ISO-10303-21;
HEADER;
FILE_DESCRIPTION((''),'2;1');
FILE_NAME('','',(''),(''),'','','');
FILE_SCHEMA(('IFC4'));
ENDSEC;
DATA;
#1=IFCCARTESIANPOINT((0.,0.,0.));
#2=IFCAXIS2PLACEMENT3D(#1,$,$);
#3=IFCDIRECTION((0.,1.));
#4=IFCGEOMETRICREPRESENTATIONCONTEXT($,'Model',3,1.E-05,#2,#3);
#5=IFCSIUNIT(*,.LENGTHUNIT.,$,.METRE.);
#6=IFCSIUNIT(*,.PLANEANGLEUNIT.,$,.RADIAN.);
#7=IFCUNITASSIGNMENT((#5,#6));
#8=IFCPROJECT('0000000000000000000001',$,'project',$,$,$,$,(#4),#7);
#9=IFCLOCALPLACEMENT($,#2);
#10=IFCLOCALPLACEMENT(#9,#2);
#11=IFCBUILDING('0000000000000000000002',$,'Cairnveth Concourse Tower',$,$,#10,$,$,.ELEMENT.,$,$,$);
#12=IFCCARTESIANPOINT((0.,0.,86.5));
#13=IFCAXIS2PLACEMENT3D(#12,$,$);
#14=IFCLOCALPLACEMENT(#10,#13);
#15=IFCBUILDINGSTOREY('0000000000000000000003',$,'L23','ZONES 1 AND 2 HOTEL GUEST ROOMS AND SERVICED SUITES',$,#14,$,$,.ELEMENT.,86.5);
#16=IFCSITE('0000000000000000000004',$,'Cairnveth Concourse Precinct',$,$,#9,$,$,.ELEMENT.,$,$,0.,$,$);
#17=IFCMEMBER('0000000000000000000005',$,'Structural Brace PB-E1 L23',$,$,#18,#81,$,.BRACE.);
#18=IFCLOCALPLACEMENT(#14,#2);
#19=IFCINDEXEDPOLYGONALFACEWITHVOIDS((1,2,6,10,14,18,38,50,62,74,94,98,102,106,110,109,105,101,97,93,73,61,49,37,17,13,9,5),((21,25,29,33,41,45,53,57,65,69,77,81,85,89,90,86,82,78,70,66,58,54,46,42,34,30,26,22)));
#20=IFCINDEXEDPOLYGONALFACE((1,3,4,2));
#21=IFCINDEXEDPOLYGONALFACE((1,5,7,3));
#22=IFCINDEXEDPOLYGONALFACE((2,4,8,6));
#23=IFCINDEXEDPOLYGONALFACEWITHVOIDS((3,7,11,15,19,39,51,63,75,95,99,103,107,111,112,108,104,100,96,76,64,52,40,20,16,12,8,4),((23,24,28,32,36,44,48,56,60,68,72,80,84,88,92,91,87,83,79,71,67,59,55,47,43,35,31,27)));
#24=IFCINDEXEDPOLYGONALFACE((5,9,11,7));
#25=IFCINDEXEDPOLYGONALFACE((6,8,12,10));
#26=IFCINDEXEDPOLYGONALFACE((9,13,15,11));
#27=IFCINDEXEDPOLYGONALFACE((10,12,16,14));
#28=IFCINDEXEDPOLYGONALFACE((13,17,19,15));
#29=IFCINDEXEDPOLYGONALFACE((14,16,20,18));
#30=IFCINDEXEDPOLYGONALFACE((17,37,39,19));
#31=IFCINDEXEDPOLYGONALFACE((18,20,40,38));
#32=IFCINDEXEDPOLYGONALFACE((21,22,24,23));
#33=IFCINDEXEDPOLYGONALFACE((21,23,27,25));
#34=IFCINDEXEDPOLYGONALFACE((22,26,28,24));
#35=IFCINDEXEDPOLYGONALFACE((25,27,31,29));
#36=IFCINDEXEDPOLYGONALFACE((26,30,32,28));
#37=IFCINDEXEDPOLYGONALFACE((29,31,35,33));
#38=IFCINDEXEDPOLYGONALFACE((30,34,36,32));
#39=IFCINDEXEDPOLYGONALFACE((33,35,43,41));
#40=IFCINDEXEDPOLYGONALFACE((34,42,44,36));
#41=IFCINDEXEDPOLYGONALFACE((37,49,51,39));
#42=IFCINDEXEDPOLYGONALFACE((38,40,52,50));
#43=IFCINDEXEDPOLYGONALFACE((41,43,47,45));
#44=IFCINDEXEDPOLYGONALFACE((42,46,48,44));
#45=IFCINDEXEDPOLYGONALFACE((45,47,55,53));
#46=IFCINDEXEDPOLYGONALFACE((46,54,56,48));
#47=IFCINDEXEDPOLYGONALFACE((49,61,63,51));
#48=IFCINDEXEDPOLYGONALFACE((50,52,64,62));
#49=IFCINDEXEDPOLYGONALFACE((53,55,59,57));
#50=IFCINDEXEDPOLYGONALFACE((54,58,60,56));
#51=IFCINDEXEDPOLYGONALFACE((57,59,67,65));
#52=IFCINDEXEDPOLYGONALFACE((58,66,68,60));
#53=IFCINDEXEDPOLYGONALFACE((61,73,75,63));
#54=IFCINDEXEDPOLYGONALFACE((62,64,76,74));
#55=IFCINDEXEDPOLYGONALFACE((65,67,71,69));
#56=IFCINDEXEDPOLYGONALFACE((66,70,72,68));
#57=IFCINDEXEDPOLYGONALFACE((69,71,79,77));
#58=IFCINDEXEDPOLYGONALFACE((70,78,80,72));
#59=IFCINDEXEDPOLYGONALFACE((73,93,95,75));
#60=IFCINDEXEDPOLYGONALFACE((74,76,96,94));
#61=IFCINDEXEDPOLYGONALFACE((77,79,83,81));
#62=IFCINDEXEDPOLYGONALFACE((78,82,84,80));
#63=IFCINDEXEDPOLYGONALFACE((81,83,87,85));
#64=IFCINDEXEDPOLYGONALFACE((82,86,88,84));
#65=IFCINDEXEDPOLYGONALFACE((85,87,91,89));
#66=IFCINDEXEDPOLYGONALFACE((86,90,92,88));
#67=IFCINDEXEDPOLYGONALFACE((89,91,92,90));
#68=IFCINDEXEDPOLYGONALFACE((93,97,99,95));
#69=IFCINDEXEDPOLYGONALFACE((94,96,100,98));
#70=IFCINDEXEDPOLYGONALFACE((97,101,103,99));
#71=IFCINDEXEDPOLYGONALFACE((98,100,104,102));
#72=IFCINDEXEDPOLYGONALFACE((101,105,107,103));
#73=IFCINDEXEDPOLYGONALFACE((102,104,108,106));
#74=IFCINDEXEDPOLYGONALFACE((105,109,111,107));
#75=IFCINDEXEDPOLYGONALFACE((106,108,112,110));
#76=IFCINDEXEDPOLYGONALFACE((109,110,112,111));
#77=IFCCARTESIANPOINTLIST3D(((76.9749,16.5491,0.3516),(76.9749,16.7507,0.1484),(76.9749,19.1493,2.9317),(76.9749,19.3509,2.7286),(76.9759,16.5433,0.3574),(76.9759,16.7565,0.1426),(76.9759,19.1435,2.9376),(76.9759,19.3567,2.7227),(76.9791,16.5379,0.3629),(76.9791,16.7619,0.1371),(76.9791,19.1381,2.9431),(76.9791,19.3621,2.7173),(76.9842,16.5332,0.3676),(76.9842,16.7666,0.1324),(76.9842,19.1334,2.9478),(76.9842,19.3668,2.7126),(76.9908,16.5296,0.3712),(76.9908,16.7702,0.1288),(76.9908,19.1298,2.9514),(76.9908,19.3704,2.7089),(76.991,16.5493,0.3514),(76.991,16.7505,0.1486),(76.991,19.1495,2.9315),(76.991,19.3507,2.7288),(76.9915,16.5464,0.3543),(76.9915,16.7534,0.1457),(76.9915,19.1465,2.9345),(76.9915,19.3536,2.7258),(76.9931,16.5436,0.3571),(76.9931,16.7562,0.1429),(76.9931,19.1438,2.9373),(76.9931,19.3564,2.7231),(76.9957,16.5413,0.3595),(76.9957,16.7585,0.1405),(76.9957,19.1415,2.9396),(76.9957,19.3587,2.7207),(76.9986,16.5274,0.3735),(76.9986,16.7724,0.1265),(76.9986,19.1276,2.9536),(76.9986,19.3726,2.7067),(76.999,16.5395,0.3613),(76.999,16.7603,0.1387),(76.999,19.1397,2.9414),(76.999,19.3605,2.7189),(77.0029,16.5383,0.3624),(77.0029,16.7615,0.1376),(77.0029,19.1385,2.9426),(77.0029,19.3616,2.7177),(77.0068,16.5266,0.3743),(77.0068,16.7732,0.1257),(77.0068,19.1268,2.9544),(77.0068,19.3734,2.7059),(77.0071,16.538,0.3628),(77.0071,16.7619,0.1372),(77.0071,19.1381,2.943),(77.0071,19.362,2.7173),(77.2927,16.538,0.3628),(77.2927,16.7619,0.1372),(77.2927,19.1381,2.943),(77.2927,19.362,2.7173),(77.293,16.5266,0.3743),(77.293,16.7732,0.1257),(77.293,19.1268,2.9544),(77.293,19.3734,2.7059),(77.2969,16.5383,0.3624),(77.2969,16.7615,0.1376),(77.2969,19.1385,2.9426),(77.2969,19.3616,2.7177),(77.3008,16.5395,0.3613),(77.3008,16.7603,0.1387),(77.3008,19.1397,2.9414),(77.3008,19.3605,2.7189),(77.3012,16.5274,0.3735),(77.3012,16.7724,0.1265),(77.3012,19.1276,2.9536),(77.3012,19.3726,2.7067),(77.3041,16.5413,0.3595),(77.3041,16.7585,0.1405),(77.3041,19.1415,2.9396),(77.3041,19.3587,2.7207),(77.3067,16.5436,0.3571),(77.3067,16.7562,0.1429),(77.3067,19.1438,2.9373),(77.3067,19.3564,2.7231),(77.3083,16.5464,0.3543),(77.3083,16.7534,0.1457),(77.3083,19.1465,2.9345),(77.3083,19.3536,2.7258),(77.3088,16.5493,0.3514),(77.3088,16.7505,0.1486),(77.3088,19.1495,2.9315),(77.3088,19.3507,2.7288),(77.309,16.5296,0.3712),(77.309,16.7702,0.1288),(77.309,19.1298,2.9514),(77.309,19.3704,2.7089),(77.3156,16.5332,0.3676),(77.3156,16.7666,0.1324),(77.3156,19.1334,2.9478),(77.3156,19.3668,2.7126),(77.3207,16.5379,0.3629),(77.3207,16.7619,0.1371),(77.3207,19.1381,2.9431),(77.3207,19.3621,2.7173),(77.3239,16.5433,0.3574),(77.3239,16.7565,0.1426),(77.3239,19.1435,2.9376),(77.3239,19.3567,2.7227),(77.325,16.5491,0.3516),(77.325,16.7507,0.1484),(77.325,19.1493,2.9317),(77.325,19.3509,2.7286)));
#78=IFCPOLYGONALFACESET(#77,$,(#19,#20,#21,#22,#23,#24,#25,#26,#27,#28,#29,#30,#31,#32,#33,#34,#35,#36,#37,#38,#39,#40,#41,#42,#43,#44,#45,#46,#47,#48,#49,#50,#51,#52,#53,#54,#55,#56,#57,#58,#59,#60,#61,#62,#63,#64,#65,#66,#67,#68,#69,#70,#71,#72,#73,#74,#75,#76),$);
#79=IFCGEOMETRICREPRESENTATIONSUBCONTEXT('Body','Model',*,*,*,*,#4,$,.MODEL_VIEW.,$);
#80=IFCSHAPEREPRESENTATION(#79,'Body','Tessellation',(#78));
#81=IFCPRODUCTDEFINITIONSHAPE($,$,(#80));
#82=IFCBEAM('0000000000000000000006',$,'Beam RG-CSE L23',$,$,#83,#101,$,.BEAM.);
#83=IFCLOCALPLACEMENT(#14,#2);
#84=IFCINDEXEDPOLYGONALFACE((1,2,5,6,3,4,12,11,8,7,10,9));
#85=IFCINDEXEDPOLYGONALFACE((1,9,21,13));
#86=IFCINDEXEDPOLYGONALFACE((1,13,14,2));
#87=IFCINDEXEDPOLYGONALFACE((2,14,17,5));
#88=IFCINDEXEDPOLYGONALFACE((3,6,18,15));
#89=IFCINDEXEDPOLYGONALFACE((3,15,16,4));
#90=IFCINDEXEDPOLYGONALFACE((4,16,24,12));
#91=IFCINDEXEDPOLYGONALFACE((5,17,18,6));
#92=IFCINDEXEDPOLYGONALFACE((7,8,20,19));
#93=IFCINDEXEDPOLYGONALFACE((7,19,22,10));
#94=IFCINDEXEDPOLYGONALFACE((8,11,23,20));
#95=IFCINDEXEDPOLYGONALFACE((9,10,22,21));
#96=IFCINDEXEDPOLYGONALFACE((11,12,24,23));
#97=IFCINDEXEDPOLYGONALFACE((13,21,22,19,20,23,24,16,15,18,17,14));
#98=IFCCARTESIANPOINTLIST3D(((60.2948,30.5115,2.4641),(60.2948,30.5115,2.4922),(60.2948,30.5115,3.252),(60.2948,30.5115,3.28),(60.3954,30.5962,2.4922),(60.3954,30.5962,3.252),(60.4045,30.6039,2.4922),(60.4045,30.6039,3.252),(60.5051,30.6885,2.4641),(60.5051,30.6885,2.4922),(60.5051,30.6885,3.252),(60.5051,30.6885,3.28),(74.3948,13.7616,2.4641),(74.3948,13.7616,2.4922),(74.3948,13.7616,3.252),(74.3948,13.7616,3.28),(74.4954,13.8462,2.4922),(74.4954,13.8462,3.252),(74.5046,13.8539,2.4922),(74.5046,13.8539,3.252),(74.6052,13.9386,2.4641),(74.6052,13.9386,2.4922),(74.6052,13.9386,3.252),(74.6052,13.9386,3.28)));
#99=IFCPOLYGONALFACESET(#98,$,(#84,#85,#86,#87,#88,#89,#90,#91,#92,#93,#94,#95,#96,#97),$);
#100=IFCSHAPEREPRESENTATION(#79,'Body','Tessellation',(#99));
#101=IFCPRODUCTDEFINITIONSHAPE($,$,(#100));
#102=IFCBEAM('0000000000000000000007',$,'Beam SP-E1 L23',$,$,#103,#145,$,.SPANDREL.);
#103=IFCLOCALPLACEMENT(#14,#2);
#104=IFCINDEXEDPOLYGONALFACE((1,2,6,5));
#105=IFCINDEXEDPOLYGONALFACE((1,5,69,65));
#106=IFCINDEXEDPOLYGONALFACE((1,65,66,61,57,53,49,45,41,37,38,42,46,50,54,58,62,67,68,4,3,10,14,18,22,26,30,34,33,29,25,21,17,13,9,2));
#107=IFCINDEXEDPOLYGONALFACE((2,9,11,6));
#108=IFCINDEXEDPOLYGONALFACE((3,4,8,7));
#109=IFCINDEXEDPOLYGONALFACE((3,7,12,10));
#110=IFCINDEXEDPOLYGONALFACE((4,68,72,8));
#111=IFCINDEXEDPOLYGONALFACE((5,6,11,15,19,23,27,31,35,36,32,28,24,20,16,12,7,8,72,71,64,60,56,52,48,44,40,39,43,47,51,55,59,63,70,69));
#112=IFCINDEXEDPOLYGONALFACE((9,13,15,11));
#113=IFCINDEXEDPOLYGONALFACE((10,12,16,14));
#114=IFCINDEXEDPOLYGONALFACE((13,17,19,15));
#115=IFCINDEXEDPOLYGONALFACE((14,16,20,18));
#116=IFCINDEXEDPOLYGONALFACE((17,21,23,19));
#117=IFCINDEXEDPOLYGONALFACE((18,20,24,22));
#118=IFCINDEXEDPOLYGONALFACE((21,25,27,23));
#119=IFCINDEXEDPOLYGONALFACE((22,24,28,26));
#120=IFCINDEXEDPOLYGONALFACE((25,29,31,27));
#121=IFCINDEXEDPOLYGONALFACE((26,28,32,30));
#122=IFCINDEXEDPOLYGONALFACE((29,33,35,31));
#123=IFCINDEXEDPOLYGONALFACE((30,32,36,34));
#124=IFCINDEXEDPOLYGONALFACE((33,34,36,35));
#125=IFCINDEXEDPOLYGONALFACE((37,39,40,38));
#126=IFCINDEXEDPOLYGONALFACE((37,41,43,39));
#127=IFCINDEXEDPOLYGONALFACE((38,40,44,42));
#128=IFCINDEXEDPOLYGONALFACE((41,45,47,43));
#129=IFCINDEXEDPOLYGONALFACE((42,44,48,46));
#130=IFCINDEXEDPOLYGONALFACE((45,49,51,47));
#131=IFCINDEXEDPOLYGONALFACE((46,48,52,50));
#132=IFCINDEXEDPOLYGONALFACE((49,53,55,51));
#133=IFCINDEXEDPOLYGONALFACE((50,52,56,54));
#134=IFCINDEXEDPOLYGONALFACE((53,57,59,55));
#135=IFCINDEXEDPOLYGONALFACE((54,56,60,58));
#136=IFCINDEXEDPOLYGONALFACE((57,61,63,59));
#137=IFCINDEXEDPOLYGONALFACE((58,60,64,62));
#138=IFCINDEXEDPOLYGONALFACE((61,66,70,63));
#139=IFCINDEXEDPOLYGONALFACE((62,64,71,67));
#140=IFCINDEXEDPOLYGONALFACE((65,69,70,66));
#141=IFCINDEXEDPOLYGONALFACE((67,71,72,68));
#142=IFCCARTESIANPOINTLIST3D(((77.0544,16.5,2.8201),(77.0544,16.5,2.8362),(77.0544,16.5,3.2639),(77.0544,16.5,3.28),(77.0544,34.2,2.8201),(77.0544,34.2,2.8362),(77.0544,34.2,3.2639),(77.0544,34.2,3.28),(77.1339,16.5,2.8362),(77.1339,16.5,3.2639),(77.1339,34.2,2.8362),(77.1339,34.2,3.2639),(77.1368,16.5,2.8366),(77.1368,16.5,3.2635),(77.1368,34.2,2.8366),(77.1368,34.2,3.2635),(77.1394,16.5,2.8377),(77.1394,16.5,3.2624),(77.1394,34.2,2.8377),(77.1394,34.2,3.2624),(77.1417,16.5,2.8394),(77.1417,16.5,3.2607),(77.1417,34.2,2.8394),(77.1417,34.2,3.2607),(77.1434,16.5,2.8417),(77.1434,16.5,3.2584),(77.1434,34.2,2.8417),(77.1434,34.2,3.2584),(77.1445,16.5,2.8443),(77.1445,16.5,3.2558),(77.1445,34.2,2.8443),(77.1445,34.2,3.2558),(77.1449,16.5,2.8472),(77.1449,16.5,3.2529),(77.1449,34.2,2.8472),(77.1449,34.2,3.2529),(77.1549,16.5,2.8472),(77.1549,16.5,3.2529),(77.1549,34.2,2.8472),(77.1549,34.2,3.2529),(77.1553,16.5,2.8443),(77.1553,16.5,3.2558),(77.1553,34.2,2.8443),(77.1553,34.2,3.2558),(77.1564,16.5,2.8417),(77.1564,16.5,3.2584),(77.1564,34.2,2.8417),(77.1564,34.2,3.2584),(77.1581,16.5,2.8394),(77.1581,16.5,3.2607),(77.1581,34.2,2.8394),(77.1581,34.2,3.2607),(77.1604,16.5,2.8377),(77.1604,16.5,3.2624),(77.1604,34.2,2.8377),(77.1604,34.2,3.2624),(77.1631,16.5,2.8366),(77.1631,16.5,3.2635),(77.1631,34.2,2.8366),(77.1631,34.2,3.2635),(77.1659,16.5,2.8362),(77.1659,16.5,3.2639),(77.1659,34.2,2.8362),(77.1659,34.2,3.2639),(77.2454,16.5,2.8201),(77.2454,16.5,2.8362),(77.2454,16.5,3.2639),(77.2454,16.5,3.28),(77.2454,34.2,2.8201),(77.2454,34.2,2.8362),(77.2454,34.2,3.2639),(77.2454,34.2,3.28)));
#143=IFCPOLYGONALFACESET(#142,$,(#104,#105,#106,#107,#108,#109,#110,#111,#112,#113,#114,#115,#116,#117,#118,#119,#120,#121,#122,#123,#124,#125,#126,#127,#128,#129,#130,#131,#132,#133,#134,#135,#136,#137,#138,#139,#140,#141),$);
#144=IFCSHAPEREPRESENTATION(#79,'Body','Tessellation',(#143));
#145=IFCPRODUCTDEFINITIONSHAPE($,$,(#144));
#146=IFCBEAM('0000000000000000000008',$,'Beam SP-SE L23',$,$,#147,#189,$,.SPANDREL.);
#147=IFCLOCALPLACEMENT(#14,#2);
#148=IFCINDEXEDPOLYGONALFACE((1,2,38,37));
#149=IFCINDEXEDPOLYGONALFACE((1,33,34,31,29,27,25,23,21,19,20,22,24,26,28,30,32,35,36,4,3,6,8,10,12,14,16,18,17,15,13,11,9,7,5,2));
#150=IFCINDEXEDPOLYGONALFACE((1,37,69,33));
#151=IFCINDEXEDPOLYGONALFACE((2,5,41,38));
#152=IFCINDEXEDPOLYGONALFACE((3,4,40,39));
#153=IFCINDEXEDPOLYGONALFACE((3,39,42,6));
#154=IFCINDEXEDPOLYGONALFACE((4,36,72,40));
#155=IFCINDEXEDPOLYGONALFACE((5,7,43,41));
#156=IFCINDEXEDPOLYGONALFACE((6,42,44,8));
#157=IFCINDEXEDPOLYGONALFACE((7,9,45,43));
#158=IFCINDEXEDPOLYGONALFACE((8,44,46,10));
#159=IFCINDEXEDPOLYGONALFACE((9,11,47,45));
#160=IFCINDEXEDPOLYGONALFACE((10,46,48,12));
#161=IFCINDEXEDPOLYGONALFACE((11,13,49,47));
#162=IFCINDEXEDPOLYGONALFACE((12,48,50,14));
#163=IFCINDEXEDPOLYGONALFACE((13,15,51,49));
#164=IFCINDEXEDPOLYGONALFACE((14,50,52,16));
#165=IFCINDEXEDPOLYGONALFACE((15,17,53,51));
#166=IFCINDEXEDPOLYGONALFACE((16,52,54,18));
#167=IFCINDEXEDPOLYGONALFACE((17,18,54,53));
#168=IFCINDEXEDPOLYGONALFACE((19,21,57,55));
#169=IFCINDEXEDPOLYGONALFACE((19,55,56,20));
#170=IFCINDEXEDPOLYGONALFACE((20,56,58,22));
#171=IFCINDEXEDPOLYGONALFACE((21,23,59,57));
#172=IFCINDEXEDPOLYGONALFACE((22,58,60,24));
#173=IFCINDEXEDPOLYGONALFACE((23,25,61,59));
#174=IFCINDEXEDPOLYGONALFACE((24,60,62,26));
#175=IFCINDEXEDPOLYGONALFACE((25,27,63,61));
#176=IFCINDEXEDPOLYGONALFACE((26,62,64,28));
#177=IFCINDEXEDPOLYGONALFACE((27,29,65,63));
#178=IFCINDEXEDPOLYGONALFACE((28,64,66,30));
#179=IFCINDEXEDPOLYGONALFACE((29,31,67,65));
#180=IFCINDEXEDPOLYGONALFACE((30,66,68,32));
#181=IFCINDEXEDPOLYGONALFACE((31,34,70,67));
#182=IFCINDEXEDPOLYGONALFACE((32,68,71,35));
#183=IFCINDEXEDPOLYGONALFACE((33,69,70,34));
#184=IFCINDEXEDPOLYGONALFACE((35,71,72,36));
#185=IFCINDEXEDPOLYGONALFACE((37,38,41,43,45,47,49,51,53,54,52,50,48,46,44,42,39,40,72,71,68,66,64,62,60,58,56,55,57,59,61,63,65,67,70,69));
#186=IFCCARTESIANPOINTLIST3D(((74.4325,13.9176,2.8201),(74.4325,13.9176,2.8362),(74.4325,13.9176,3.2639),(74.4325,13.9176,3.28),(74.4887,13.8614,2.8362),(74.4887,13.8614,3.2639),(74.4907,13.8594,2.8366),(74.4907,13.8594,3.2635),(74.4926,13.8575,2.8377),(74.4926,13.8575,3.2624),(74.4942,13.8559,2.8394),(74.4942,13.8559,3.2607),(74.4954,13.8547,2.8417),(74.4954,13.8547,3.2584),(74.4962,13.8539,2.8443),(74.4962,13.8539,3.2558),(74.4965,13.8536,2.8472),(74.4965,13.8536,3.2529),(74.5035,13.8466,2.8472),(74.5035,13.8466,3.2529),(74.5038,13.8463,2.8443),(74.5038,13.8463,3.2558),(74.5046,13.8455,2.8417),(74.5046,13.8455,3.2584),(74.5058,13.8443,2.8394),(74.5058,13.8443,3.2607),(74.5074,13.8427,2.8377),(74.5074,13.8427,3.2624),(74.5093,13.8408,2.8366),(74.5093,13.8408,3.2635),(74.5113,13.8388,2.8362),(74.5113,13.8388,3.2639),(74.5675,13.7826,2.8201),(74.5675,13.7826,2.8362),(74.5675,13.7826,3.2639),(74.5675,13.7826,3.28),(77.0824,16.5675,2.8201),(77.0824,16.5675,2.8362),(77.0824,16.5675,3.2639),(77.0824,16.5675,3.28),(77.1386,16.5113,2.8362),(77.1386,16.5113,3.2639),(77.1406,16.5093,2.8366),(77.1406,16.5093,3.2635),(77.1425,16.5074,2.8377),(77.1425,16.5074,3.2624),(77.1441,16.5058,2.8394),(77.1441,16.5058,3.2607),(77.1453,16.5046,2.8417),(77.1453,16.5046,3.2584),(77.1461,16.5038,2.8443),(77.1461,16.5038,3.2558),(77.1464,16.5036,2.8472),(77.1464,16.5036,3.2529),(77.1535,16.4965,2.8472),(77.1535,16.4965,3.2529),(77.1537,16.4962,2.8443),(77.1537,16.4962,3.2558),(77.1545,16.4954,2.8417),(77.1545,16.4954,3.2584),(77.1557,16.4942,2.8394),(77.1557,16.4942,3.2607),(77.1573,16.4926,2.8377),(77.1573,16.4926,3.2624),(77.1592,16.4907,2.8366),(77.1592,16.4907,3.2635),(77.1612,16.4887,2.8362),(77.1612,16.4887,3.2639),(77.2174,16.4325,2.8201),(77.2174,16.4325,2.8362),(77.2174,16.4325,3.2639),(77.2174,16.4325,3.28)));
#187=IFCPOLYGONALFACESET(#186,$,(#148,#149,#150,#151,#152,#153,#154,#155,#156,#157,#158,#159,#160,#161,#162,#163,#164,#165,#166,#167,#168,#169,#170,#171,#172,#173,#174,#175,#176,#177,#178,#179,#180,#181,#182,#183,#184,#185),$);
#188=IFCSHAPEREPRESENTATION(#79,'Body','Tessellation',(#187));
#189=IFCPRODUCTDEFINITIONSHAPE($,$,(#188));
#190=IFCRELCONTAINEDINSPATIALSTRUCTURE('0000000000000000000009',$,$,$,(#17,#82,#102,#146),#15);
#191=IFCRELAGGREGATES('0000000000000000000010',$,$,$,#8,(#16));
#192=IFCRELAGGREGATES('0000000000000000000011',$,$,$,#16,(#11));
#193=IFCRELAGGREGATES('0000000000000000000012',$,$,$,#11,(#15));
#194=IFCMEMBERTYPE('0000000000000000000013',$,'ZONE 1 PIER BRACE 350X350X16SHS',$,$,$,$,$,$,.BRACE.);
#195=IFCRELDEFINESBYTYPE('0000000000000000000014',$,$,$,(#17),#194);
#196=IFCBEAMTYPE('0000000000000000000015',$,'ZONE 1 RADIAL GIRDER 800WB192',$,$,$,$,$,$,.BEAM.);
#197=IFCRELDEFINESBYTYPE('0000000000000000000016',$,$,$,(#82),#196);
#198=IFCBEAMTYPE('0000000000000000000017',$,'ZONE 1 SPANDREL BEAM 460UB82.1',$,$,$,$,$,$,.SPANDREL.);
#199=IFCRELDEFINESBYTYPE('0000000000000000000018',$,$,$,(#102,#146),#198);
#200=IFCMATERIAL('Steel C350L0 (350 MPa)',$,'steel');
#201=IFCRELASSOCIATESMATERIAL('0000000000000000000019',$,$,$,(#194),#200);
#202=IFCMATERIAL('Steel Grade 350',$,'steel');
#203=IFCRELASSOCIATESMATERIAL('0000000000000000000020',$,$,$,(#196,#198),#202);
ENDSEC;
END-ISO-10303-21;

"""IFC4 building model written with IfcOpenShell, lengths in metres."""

from ifc_helpers import new_model, si_unit, direction, frame, origin, origin_2d, place, context, subcontext, project, spatial, hollow_rectangle, i_section, extrude, material, material_profile, profile_set, type_object, element, save


model = new_model("IFC4")

# Units and contexts
model_context = context("Model", 3, precision=1e-05, world=origin(), true_north=direction((0.0, 1.0)))
body_context = subcontext(model_context, "Body", "Model", "MODEL_VIEW")
ifc_project = project(units=[si_unit("LENGTHUNIT", "METRE"), si_unit("PLANEANGLEUNIT", "RADIAN")], contexts=[model_context])

# Site, building, storey
site_placement = place(None, origin())
site = spatial("IfcSite", under=ifc_project, at=site_placement, Name="Cairnveth Concourse Precinct", CompositionType="ELEMENT", RefElevation=0.0)
building_placement = place(site_placement, origin())
building = spatial("IfcBuilding", under=site, at=building_placement, Name="Cairnveth Concourse Tower", CompositionType="ELEMENT")
storey_placement = place(building_placement, frame((0.0, 0.0, 86.5)))
storey = spatial("IfcBuildingStorey", under=building, at=storey_placement, Name="L23", Description="ZONES 1 AND 2 HOTEL GUEST ROOMS AND SERVICED SUITES", CompositionType="ELEMENT", Elevation=86.5)

# Shared definitions
ifc_material_1 = material(Name="Steel Grade 350", Category="steel")

# Member
ifc_material_2 = material(Name="Steel C350L0 (350 MPa)", Category="steel")
ifc_material_profile_1 = material_profile(ifc_material_2, hollow_rectangle(XDim=0.3501, YDim=0.3501, WallThickness=0.0161, InnerFilletRadius=0.0161, OuterFilletRadius=0.032, at=origin_2d()), Name="350x350x16.0SHS")
ifc_profile_set_1 = profile_set([ifc_material_profile_1], Name="Steel C350L0 (350 MPa)")
member_type = type_object("IfcMemberType", Name="ZONE 1 PIER BRACE 350X350X16SHS", PredefinedType="BRACE", material=ifc_profile_set_1)
for number, where, z_axis, x_axis, name in (
    (1, (77.1499, 16.6499, 0.25), (0.0, 0.709834, 0.704369), (-1.0, 0.0, 0.0), "Structural Brace PB-E1 L23"),
):
    element("IfcMember", number, at=place(storey_placement, frame(where, z_axis=z_axis, x_axis=x_axis)), inside=storey, type_object=member_type, Name=name, PredefinedType="BRACE", context=body_context, shape_type="SweptSolid", body=[
        extrude(hollow_rectangle(XDim=0.3501, YDim=0.3501, WallThickness=0.0161, InnerFilletRadius=0.0161, OuterFilletRadius=0.032, at=origin_2d()), origin(), (0.0, 0.0, 1.0), 3.6631),
    ])

# Beams
ifc_material_profile_2 = material_profile(ifc_material_1, i_section(OverallWidth=0.2749, OverallDepth=0.8159, WebThickness=0.012, FlangeThickness=0.0281, at=origin_2d()), Name="800WB192")
ifc_profile_set_2 = profile_set([ifc_material_profile_2], Name="Steel Grade 350")
beam_type_1 = type_object("IfcBeamType", Name="ZONE 1 RADIAL GIRDER 800WB192", PredefinedType="BEAM", material=ifc_profile_set_2)
beam_1_placement = place(storey_placement, frame((74.5, 13.8501, 2.8721), z_axis=(-0.643998, 0.765027, 0.0), x_axis=(-0.765027, -0.643998, 0.0)))
element("IfcBeam", 2, at=beam_1_placement, inside=storey, type_object=beam_type_1, Name="Beam RG-CSE L23", PredefinedType="BEAM", context=body_context, shape_type="SweptSolid", body=[
    extrude(i_section(OverallWidth=0.2749, OverallDepth=0.8159, WebThickness=0.012, FlangeThickness=0.0281, at=origin_2d()), origin(), (0.0, 0.0, 1.0), 21.8945),
])
ifc_material_profile_3 = material_profile(ifc_material_1, i_section(OverallWidth=0.1909, OverallDepth=0.46, WebThickness=0.01, FlangeThickness=0.0161, FilletRadius=0.011, at=origin_2d()), Name="460UB82.1")
ifc_profile_set_3 = profile_set([ifc_material_profile_3], Name="Steel Grade 350")
beam_type_2 = type_object("IfcBeamType", Name="ZONE 1 SPANDREL BEAM 460UB82.1", PredefinedType="SPANDREL", material=ifc_profile_set_3)
beam_2_placement = place(storey_placement, frame((77.1499, 16.5, 3.05), z_axis=(0.0, 1.0, 0.0), x_axis=(-1.0, 0.0, 0.0)))
element("IfcBeam", 3, at=beam_2_placement, inside=storey, type_object=beam_type_2, Name="Beam SP-E1 L23", PredefinedType="SPANDREL", context=body_context, shape_type="SweptSolid", body=[
    extrude(i_section(OverallWidth=0.1909, OverallDepth=0.46, WebThickness=0.01, FlangeThickness=0.0161, FilletRadius=0.011, at=origin_2d()), origin(), (0.0, 0.0, 1.0), 17.7),
])
beam_3_placement = place(storey_placement, frame((74.5, 13.8501, 3.05), z_axis=(0.707107, 0.707107, 0.0), x_axis=(-0.707107, 0.707107, 0.0)))
element("IfcBeam", 4, at=beam_3_placement, inside=storey, type_object=beam_type_2, Name="Beam SP-SE L23", PredefinedType="SPANDREL", context=body_context, shape_type="SweptSolid", body=[
    extrude(i_section(OverallWidth=0.1909, OverallDepth=0.46, WebThickness=0.01, FlangeThickness=0.0161, FilletRadius=0.011, at=origin_2d()), origin(), (0.0, 0.0, 1.0), 3.7476),
])

save(model, "model.ifc")
